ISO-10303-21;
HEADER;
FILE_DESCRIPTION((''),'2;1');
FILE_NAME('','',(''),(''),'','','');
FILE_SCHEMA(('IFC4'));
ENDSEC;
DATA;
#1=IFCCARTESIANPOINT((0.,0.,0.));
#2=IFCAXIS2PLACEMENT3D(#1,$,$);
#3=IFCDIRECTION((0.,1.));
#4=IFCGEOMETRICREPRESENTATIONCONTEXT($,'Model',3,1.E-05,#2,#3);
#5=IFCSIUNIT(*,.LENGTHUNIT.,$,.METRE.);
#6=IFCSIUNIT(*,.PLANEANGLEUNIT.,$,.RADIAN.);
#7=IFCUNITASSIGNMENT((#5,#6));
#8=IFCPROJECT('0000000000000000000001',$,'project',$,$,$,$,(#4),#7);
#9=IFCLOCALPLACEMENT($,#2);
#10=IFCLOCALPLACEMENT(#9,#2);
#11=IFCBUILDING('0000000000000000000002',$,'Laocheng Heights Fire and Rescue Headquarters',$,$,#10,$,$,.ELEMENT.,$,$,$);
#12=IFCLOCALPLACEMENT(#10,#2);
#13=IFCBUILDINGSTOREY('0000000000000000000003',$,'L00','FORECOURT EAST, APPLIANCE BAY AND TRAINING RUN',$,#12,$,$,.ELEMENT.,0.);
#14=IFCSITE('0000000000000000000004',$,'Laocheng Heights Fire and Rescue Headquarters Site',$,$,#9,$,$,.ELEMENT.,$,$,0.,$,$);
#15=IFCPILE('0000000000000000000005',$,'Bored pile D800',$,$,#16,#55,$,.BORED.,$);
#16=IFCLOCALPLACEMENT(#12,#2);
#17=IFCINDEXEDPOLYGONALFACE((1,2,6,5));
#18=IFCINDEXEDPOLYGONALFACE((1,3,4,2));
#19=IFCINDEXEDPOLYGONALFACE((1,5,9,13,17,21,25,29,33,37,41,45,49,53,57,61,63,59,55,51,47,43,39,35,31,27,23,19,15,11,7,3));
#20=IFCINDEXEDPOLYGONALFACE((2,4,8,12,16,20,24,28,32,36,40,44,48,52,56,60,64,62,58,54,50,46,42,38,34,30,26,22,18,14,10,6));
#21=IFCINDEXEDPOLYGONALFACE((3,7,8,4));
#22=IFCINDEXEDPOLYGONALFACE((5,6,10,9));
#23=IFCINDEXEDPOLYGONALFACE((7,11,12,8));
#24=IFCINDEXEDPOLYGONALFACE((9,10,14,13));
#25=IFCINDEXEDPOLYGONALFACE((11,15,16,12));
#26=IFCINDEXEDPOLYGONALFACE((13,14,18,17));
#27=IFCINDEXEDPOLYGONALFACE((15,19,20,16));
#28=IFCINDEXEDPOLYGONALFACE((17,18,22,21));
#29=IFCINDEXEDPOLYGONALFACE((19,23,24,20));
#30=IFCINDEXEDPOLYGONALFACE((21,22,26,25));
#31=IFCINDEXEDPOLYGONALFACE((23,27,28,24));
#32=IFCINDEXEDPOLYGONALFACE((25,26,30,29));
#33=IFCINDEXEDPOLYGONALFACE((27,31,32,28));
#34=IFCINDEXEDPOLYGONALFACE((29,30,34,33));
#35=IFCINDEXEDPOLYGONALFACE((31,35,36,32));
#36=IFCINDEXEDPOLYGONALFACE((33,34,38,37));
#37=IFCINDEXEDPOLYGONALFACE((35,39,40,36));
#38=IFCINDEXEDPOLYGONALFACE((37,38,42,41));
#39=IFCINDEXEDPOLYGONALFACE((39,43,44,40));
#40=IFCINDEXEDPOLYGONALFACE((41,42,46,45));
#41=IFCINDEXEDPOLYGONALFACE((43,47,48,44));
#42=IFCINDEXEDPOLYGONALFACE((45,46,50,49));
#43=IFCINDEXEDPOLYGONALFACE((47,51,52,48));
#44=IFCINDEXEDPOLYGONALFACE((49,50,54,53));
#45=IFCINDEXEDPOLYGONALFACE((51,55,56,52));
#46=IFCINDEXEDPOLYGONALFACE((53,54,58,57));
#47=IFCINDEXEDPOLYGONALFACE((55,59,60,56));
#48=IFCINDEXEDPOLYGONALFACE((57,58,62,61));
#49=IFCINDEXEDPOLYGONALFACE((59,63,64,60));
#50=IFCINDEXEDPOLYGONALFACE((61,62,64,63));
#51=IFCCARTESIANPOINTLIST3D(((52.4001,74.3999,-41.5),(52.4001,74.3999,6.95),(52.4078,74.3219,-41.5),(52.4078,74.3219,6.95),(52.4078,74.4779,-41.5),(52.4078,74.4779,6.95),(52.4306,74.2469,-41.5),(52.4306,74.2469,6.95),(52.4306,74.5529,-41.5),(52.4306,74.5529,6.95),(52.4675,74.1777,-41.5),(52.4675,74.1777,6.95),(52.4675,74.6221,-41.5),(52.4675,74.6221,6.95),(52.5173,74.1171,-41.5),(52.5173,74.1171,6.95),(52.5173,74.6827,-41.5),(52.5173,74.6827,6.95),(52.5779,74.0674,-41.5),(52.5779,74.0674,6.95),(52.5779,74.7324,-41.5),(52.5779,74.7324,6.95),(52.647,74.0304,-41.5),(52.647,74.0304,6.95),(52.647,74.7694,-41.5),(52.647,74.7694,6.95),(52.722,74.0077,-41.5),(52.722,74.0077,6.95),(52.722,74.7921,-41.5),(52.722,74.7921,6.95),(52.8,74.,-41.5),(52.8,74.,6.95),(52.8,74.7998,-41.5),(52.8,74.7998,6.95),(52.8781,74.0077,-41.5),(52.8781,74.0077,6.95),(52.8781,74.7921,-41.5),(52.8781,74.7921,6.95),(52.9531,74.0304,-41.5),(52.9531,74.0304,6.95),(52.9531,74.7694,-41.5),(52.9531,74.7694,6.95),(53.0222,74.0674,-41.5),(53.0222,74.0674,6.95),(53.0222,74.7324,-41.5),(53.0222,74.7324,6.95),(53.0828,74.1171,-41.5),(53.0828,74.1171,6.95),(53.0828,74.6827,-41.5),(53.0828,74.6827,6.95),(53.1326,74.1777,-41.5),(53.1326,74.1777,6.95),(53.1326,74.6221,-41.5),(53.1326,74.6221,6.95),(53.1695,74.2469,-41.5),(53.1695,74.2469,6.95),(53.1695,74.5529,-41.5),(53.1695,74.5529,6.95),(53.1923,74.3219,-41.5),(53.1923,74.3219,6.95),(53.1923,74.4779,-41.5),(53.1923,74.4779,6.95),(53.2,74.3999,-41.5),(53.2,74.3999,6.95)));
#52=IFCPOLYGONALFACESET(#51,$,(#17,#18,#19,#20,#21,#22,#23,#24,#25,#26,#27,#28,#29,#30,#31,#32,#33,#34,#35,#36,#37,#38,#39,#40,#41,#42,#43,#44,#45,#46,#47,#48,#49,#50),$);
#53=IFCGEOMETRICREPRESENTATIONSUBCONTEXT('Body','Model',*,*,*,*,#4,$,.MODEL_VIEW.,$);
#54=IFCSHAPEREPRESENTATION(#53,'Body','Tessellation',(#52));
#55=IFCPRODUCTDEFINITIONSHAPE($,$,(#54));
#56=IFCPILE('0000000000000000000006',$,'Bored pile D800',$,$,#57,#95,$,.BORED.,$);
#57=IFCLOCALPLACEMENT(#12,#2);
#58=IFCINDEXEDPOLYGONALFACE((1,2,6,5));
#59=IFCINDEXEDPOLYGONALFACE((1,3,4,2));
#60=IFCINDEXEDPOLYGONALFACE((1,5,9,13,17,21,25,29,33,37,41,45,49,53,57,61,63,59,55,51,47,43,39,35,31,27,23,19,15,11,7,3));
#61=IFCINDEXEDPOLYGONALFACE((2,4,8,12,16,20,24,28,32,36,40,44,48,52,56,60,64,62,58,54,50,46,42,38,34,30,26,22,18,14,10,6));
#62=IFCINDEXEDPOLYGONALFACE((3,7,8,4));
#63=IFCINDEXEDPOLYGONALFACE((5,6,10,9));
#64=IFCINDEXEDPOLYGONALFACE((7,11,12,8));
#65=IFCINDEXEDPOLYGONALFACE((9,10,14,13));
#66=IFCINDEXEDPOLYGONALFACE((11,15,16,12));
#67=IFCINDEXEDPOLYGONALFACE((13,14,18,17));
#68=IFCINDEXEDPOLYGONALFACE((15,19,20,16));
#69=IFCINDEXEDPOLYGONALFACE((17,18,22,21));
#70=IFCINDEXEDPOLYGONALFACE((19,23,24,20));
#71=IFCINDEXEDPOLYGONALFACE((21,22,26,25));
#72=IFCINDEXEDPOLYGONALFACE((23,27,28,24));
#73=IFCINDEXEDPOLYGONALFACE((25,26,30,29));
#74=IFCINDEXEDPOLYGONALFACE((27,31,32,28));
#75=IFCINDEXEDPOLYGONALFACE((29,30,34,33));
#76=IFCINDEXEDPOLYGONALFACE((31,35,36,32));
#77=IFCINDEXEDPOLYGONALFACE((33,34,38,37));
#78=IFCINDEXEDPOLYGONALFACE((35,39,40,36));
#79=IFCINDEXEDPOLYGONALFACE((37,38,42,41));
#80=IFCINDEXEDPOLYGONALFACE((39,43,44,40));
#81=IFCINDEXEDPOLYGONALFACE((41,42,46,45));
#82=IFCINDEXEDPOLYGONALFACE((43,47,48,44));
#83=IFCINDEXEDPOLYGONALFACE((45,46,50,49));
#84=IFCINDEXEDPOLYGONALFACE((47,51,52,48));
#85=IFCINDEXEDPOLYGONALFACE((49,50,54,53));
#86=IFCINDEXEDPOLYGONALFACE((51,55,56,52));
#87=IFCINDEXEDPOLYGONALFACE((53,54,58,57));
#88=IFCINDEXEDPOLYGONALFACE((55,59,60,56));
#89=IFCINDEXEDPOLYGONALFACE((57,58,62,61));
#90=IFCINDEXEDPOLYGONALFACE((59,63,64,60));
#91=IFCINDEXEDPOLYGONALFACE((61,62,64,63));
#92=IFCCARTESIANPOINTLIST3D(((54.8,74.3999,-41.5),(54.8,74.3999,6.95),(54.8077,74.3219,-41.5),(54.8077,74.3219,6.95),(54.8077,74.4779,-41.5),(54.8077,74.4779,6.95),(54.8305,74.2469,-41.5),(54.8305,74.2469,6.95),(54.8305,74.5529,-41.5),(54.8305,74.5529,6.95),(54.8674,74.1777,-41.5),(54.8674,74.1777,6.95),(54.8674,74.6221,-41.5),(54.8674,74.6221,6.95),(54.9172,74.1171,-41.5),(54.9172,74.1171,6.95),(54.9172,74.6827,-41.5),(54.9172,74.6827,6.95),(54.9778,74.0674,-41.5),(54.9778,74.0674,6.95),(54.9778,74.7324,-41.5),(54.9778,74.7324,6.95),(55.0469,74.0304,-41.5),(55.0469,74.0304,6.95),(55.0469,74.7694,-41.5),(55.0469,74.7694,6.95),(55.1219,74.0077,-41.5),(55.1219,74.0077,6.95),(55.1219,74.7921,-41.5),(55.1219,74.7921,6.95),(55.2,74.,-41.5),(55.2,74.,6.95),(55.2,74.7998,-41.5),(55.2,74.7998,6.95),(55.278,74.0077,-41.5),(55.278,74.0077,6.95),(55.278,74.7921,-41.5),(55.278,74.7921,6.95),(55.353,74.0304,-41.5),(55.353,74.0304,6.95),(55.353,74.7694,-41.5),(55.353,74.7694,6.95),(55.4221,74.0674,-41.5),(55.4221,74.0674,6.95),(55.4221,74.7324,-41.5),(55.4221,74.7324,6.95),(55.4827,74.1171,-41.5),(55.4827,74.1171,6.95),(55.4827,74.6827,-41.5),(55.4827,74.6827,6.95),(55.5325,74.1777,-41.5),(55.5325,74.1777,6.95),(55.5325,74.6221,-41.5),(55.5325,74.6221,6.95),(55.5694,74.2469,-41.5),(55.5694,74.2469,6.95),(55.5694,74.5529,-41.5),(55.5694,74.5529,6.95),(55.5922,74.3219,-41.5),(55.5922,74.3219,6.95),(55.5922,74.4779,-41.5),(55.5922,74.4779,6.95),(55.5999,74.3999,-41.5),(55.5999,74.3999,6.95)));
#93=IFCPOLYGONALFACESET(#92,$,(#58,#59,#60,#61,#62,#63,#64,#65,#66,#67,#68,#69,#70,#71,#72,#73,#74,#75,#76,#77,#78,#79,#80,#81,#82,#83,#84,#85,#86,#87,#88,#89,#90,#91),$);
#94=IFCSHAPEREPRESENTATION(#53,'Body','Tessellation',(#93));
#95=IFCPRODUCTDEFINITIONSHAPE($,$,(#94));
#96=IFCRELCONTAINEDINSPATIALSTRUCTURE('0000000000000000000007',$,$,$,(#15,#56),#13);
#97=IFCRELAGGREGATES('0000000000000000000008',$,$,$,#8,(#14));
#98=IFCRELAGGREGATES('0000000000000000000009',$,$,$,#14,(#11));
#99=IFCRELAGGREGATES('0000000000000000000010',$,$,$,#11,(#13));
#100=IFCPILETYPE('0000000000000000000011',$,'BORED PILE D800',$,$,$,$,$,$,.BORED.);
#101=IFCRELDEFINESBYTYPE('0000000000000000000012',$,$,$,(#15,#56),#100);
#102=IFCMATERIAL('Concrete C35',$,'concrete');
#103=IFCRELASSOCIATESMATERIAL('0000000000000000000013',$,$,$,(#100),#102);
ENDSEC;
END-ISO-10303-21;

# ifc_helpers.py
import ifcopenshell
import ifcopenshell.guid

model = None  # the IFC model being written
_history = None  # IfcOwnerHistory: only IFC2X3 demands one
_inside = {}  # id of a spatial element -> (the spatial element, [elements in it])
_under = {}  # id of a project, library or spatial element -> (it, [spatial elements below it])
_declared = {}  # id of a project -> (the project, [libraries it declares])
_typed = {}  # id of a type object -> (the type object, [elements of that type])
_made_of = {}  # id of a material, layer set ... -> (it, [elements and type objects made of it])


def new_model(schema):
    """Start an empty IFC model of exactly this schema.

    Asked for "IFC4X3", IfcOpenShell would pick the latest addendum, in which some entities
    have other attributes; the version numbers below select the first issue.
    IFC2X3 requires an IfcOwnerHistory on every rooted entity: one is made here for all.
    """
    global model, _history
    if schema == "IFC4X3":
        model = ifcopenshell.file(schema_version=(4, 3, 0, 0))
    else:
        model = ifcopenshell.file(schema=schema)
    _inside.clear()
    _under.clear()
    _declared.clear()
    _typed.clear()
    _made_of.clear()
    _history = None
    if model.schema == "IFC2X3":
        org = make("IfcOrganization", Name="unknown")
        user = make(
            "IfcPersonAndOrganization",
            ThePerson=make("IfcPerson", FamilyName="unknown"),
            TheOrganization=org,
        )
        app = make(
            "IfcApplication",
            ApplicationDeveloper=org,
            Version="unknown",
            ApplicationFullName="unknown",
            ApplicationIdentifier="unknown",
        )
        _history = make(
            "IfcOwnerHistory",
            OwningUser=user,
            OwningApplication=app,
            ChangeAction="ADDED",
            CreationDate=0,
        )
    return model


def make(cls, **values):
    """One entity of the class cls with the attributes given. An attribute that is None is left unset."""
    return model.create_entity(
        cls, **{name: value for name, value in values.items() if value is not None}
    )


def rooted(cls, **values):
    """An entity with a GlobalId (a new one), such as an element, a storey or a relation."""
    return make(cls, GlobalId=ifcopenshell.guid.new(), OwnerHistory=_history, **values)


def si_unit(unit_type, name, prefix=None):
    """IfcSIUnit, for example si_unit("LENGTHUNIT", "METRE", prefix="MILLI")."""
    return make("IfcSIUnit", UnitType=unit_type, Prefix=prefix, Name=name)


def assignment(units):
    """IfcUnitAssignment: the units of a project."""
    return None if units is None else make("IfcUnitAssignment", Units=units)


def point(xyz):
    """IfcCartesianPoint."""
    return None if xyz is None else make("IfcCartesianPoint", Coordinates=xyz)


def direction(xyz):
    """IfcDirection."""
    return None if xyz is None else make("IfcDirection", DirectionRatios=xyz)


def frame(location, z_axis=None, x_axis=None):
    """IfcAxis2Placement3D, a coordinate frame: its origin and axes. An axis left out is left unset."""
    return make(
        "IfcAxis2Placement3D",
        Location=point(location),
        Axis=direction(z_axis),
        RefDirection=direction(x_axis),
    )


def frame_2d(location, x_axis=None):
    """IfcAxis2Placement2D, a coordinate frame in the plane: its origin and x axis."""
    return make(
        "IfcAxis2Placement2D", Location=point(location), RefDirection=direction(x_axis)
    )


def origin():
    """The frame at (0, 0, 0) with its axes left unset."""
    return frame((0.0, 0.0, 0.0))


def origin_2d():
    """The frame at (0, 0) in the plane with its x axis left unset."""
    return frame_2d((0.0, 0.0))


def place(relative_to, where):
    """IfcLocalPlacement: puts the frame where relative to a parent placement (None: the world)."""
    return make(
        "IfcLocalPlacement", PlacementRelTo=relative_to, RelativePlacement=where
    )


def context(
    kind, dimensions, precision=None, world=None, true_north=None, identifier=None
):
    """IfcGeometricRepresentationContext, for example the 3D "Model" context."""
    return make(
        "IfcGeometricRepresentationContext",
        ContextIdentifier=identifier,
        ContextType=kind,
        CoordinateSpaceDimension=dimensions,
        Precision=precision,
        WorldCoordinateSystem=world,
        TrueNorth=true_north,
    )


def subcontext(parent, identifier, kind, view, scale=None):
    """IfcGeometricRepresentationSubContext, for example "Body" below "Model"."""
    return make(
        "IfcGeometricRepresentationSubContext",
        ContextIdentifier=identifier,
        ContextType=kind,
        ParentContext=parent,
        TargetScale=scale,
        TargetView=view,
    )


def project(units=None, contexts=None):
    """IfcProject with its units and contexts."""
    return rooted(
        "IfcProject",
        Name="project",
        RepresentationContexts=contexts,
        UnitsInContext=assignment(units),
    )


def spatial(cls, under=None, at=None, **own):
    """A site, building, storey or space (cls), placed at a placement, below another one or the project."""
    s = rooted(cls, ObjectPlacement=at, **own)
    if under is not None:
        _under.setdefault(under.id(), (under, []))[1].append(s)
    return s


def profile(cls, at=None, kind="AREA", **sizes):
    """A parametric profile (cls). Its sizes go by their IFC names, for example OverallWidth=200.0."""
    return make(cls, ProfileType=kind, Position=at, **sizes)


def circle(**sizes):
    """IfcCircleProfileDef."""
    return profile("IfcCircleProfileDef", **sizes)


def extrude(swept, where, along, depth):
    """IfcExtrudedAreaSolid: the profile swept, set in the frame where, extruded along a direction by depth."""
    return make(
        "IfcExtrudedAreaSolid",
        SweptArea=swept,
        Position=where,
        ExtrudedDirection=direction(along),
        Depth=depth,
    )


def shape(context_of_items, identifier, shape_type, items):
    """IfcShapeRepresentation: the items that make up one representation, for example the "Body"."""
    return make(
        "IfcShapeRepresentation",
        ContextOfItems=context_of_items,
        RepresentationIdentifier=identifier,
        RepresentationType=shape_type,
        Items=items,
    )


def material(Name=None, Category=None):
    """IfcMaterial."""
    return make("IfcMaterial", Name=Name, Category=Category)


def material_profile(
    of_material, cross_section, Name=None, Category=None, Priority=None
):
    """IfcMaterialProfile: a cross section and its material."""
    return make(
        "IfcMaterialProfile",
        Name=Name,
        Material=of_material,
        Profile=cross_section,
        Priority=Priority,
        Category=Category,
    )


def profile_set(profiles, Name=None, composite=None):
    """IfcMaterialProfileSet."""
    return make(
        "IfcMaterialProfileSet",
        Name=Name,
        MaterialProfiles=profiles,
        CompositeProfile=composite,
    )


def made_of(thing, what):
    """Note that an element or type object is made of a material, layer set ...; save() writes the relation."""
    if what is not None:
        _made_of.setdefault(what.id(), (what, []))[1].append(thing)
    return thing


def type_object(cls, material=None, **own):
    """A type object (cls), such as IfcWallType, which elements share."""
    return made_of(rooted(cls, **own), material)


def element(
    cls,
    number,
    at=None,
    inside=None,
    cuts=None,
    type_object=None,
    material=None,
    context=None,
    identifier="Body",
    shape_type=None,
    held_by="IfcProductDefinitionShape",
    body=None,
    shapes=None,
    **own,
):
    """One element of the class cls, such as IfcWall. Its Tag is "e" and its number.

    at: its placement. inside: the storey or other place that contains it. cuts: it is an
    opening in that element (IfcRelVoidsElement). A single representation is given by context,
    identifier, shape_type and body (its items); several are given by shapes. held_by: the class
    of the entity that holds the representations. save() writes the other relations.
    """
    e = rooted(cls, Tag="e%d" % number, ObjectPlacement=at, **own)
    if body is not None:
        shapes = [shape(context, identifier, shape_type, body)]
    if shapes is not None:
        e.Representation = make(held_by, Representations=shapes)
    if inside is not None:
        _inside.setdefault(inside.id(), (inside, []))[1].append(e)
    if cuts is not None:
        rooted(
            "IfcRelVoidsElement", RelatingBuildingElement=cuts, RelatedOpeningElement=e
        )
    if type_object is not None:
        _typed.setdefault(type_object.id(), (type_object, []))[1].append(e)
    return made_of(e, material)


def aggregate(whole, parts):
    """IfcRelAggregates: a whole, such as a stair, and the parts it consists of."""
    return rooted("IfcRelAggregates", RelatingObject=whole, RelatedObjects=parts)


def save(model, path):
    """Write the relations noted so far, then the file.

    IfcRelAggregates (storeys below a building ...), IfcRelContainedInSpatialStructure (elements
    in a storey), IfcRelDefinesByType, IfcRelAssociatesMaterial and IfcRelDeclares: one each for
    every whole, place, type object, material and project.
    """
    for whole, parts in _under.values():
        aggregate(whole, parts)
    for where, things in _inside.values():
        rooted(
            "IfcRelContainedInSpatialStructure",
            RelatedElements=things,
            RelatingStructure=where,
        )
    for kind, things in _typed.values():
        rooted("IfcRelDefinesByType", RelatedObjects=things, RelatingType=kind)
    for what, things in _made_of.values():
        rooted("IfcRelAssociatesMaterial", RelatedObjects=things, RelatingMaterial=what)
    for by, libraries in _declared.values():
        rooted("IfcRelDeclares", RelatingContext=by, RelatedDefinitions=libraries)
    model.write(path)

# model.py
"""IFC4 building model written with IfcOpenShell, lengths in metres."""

from ifc_helpers import new_model, si_unit, direction, frame, origin, origin_2d, place, context, subcontext, project, spatial, circle, extrude, material, material_profile, profile_set, type_object, element, save


model = new_model("IFC4")

# Units and contexts
model_context = context("Model", 3, precision=1e-05, world=origin(), true_north=direction((0.0, 1.0)))
body_context = subcontext(model_context, "Body", "Model", "MODEL_VIEW")
ifc_project = project(units=[si_unit("LENGTHUNIT", "METRE"), si_unit("PLANEANGLEUNIT", "RADIAN")], contexts=[model_context])

# Site, building, storey
site_placement = place(None, origin())
site = spatial("IfcSite", under=ifc_project, at=site_placement, Name="Laocheng Heights Fire and Rescue Headquarters Site", CompositionType="ELEMENT", RefElevation=0.0)
building_placement = place(site_placement, origin())
building = spatial("IfcBuilding", under=site, at=building_placement, Name="Laocheng Heights Fire and Rescue Headquarters", CompositionType="ELEMENT")
storey_placement = place(building_placement, origin())
storey = spatial("IfcBuildingStorey", under=building, at=storey_placement, Name="L00", Description="FORECOURT EAST, APPLIANCE BAY AND TRAINING RUN", CompositionType="ELEMENT", Elevation=0.0)

# Piles
ifc_material_1 = material(Name="Concrete C35", Category="concrete")
ifc_material_profile_1 = material_profile(ifc_material_1, circle(Radius=0.3999, at=origin_2d()), Name="BORED PILE D800")
ifc_profile_set_1 = profile_set([ifc_material_profile_1], Name="Concrete C35")
pile_type_1 = type_object("IfcPileType", Name="BORED PILE D800", PredefinedType="BORED", material=ifc_profile_set_1)
for number, where, z_axis, x_axis, name in (
    (1, (52.8, 74.3999, 6.95), (0.0, 0.0, -1.0), (1.0, 0.0, 0.0), "Bored pile D800"),
    (2, (55.2, 74.3999, 6.95), (0.0, 0.0, -1.0), (1.0, 0.0, 0.0), "Bored pile D800"),
):
    element("IfcPile", number, at=place(storey_placement, frame(where, z_axis=z_axis, x_axis=x_axis)), inside=storey, type_object=pile_type_1, Name=name, PredefinedType="BORED", context=body_context, shape_type="SweptSolid", body=[
        extrude(circle(Radius=0.3999, at=origin_2d()), origin(), (0.0, 0.0, 1.0), 48.45),
    ])

save(model, "model.ifc")
